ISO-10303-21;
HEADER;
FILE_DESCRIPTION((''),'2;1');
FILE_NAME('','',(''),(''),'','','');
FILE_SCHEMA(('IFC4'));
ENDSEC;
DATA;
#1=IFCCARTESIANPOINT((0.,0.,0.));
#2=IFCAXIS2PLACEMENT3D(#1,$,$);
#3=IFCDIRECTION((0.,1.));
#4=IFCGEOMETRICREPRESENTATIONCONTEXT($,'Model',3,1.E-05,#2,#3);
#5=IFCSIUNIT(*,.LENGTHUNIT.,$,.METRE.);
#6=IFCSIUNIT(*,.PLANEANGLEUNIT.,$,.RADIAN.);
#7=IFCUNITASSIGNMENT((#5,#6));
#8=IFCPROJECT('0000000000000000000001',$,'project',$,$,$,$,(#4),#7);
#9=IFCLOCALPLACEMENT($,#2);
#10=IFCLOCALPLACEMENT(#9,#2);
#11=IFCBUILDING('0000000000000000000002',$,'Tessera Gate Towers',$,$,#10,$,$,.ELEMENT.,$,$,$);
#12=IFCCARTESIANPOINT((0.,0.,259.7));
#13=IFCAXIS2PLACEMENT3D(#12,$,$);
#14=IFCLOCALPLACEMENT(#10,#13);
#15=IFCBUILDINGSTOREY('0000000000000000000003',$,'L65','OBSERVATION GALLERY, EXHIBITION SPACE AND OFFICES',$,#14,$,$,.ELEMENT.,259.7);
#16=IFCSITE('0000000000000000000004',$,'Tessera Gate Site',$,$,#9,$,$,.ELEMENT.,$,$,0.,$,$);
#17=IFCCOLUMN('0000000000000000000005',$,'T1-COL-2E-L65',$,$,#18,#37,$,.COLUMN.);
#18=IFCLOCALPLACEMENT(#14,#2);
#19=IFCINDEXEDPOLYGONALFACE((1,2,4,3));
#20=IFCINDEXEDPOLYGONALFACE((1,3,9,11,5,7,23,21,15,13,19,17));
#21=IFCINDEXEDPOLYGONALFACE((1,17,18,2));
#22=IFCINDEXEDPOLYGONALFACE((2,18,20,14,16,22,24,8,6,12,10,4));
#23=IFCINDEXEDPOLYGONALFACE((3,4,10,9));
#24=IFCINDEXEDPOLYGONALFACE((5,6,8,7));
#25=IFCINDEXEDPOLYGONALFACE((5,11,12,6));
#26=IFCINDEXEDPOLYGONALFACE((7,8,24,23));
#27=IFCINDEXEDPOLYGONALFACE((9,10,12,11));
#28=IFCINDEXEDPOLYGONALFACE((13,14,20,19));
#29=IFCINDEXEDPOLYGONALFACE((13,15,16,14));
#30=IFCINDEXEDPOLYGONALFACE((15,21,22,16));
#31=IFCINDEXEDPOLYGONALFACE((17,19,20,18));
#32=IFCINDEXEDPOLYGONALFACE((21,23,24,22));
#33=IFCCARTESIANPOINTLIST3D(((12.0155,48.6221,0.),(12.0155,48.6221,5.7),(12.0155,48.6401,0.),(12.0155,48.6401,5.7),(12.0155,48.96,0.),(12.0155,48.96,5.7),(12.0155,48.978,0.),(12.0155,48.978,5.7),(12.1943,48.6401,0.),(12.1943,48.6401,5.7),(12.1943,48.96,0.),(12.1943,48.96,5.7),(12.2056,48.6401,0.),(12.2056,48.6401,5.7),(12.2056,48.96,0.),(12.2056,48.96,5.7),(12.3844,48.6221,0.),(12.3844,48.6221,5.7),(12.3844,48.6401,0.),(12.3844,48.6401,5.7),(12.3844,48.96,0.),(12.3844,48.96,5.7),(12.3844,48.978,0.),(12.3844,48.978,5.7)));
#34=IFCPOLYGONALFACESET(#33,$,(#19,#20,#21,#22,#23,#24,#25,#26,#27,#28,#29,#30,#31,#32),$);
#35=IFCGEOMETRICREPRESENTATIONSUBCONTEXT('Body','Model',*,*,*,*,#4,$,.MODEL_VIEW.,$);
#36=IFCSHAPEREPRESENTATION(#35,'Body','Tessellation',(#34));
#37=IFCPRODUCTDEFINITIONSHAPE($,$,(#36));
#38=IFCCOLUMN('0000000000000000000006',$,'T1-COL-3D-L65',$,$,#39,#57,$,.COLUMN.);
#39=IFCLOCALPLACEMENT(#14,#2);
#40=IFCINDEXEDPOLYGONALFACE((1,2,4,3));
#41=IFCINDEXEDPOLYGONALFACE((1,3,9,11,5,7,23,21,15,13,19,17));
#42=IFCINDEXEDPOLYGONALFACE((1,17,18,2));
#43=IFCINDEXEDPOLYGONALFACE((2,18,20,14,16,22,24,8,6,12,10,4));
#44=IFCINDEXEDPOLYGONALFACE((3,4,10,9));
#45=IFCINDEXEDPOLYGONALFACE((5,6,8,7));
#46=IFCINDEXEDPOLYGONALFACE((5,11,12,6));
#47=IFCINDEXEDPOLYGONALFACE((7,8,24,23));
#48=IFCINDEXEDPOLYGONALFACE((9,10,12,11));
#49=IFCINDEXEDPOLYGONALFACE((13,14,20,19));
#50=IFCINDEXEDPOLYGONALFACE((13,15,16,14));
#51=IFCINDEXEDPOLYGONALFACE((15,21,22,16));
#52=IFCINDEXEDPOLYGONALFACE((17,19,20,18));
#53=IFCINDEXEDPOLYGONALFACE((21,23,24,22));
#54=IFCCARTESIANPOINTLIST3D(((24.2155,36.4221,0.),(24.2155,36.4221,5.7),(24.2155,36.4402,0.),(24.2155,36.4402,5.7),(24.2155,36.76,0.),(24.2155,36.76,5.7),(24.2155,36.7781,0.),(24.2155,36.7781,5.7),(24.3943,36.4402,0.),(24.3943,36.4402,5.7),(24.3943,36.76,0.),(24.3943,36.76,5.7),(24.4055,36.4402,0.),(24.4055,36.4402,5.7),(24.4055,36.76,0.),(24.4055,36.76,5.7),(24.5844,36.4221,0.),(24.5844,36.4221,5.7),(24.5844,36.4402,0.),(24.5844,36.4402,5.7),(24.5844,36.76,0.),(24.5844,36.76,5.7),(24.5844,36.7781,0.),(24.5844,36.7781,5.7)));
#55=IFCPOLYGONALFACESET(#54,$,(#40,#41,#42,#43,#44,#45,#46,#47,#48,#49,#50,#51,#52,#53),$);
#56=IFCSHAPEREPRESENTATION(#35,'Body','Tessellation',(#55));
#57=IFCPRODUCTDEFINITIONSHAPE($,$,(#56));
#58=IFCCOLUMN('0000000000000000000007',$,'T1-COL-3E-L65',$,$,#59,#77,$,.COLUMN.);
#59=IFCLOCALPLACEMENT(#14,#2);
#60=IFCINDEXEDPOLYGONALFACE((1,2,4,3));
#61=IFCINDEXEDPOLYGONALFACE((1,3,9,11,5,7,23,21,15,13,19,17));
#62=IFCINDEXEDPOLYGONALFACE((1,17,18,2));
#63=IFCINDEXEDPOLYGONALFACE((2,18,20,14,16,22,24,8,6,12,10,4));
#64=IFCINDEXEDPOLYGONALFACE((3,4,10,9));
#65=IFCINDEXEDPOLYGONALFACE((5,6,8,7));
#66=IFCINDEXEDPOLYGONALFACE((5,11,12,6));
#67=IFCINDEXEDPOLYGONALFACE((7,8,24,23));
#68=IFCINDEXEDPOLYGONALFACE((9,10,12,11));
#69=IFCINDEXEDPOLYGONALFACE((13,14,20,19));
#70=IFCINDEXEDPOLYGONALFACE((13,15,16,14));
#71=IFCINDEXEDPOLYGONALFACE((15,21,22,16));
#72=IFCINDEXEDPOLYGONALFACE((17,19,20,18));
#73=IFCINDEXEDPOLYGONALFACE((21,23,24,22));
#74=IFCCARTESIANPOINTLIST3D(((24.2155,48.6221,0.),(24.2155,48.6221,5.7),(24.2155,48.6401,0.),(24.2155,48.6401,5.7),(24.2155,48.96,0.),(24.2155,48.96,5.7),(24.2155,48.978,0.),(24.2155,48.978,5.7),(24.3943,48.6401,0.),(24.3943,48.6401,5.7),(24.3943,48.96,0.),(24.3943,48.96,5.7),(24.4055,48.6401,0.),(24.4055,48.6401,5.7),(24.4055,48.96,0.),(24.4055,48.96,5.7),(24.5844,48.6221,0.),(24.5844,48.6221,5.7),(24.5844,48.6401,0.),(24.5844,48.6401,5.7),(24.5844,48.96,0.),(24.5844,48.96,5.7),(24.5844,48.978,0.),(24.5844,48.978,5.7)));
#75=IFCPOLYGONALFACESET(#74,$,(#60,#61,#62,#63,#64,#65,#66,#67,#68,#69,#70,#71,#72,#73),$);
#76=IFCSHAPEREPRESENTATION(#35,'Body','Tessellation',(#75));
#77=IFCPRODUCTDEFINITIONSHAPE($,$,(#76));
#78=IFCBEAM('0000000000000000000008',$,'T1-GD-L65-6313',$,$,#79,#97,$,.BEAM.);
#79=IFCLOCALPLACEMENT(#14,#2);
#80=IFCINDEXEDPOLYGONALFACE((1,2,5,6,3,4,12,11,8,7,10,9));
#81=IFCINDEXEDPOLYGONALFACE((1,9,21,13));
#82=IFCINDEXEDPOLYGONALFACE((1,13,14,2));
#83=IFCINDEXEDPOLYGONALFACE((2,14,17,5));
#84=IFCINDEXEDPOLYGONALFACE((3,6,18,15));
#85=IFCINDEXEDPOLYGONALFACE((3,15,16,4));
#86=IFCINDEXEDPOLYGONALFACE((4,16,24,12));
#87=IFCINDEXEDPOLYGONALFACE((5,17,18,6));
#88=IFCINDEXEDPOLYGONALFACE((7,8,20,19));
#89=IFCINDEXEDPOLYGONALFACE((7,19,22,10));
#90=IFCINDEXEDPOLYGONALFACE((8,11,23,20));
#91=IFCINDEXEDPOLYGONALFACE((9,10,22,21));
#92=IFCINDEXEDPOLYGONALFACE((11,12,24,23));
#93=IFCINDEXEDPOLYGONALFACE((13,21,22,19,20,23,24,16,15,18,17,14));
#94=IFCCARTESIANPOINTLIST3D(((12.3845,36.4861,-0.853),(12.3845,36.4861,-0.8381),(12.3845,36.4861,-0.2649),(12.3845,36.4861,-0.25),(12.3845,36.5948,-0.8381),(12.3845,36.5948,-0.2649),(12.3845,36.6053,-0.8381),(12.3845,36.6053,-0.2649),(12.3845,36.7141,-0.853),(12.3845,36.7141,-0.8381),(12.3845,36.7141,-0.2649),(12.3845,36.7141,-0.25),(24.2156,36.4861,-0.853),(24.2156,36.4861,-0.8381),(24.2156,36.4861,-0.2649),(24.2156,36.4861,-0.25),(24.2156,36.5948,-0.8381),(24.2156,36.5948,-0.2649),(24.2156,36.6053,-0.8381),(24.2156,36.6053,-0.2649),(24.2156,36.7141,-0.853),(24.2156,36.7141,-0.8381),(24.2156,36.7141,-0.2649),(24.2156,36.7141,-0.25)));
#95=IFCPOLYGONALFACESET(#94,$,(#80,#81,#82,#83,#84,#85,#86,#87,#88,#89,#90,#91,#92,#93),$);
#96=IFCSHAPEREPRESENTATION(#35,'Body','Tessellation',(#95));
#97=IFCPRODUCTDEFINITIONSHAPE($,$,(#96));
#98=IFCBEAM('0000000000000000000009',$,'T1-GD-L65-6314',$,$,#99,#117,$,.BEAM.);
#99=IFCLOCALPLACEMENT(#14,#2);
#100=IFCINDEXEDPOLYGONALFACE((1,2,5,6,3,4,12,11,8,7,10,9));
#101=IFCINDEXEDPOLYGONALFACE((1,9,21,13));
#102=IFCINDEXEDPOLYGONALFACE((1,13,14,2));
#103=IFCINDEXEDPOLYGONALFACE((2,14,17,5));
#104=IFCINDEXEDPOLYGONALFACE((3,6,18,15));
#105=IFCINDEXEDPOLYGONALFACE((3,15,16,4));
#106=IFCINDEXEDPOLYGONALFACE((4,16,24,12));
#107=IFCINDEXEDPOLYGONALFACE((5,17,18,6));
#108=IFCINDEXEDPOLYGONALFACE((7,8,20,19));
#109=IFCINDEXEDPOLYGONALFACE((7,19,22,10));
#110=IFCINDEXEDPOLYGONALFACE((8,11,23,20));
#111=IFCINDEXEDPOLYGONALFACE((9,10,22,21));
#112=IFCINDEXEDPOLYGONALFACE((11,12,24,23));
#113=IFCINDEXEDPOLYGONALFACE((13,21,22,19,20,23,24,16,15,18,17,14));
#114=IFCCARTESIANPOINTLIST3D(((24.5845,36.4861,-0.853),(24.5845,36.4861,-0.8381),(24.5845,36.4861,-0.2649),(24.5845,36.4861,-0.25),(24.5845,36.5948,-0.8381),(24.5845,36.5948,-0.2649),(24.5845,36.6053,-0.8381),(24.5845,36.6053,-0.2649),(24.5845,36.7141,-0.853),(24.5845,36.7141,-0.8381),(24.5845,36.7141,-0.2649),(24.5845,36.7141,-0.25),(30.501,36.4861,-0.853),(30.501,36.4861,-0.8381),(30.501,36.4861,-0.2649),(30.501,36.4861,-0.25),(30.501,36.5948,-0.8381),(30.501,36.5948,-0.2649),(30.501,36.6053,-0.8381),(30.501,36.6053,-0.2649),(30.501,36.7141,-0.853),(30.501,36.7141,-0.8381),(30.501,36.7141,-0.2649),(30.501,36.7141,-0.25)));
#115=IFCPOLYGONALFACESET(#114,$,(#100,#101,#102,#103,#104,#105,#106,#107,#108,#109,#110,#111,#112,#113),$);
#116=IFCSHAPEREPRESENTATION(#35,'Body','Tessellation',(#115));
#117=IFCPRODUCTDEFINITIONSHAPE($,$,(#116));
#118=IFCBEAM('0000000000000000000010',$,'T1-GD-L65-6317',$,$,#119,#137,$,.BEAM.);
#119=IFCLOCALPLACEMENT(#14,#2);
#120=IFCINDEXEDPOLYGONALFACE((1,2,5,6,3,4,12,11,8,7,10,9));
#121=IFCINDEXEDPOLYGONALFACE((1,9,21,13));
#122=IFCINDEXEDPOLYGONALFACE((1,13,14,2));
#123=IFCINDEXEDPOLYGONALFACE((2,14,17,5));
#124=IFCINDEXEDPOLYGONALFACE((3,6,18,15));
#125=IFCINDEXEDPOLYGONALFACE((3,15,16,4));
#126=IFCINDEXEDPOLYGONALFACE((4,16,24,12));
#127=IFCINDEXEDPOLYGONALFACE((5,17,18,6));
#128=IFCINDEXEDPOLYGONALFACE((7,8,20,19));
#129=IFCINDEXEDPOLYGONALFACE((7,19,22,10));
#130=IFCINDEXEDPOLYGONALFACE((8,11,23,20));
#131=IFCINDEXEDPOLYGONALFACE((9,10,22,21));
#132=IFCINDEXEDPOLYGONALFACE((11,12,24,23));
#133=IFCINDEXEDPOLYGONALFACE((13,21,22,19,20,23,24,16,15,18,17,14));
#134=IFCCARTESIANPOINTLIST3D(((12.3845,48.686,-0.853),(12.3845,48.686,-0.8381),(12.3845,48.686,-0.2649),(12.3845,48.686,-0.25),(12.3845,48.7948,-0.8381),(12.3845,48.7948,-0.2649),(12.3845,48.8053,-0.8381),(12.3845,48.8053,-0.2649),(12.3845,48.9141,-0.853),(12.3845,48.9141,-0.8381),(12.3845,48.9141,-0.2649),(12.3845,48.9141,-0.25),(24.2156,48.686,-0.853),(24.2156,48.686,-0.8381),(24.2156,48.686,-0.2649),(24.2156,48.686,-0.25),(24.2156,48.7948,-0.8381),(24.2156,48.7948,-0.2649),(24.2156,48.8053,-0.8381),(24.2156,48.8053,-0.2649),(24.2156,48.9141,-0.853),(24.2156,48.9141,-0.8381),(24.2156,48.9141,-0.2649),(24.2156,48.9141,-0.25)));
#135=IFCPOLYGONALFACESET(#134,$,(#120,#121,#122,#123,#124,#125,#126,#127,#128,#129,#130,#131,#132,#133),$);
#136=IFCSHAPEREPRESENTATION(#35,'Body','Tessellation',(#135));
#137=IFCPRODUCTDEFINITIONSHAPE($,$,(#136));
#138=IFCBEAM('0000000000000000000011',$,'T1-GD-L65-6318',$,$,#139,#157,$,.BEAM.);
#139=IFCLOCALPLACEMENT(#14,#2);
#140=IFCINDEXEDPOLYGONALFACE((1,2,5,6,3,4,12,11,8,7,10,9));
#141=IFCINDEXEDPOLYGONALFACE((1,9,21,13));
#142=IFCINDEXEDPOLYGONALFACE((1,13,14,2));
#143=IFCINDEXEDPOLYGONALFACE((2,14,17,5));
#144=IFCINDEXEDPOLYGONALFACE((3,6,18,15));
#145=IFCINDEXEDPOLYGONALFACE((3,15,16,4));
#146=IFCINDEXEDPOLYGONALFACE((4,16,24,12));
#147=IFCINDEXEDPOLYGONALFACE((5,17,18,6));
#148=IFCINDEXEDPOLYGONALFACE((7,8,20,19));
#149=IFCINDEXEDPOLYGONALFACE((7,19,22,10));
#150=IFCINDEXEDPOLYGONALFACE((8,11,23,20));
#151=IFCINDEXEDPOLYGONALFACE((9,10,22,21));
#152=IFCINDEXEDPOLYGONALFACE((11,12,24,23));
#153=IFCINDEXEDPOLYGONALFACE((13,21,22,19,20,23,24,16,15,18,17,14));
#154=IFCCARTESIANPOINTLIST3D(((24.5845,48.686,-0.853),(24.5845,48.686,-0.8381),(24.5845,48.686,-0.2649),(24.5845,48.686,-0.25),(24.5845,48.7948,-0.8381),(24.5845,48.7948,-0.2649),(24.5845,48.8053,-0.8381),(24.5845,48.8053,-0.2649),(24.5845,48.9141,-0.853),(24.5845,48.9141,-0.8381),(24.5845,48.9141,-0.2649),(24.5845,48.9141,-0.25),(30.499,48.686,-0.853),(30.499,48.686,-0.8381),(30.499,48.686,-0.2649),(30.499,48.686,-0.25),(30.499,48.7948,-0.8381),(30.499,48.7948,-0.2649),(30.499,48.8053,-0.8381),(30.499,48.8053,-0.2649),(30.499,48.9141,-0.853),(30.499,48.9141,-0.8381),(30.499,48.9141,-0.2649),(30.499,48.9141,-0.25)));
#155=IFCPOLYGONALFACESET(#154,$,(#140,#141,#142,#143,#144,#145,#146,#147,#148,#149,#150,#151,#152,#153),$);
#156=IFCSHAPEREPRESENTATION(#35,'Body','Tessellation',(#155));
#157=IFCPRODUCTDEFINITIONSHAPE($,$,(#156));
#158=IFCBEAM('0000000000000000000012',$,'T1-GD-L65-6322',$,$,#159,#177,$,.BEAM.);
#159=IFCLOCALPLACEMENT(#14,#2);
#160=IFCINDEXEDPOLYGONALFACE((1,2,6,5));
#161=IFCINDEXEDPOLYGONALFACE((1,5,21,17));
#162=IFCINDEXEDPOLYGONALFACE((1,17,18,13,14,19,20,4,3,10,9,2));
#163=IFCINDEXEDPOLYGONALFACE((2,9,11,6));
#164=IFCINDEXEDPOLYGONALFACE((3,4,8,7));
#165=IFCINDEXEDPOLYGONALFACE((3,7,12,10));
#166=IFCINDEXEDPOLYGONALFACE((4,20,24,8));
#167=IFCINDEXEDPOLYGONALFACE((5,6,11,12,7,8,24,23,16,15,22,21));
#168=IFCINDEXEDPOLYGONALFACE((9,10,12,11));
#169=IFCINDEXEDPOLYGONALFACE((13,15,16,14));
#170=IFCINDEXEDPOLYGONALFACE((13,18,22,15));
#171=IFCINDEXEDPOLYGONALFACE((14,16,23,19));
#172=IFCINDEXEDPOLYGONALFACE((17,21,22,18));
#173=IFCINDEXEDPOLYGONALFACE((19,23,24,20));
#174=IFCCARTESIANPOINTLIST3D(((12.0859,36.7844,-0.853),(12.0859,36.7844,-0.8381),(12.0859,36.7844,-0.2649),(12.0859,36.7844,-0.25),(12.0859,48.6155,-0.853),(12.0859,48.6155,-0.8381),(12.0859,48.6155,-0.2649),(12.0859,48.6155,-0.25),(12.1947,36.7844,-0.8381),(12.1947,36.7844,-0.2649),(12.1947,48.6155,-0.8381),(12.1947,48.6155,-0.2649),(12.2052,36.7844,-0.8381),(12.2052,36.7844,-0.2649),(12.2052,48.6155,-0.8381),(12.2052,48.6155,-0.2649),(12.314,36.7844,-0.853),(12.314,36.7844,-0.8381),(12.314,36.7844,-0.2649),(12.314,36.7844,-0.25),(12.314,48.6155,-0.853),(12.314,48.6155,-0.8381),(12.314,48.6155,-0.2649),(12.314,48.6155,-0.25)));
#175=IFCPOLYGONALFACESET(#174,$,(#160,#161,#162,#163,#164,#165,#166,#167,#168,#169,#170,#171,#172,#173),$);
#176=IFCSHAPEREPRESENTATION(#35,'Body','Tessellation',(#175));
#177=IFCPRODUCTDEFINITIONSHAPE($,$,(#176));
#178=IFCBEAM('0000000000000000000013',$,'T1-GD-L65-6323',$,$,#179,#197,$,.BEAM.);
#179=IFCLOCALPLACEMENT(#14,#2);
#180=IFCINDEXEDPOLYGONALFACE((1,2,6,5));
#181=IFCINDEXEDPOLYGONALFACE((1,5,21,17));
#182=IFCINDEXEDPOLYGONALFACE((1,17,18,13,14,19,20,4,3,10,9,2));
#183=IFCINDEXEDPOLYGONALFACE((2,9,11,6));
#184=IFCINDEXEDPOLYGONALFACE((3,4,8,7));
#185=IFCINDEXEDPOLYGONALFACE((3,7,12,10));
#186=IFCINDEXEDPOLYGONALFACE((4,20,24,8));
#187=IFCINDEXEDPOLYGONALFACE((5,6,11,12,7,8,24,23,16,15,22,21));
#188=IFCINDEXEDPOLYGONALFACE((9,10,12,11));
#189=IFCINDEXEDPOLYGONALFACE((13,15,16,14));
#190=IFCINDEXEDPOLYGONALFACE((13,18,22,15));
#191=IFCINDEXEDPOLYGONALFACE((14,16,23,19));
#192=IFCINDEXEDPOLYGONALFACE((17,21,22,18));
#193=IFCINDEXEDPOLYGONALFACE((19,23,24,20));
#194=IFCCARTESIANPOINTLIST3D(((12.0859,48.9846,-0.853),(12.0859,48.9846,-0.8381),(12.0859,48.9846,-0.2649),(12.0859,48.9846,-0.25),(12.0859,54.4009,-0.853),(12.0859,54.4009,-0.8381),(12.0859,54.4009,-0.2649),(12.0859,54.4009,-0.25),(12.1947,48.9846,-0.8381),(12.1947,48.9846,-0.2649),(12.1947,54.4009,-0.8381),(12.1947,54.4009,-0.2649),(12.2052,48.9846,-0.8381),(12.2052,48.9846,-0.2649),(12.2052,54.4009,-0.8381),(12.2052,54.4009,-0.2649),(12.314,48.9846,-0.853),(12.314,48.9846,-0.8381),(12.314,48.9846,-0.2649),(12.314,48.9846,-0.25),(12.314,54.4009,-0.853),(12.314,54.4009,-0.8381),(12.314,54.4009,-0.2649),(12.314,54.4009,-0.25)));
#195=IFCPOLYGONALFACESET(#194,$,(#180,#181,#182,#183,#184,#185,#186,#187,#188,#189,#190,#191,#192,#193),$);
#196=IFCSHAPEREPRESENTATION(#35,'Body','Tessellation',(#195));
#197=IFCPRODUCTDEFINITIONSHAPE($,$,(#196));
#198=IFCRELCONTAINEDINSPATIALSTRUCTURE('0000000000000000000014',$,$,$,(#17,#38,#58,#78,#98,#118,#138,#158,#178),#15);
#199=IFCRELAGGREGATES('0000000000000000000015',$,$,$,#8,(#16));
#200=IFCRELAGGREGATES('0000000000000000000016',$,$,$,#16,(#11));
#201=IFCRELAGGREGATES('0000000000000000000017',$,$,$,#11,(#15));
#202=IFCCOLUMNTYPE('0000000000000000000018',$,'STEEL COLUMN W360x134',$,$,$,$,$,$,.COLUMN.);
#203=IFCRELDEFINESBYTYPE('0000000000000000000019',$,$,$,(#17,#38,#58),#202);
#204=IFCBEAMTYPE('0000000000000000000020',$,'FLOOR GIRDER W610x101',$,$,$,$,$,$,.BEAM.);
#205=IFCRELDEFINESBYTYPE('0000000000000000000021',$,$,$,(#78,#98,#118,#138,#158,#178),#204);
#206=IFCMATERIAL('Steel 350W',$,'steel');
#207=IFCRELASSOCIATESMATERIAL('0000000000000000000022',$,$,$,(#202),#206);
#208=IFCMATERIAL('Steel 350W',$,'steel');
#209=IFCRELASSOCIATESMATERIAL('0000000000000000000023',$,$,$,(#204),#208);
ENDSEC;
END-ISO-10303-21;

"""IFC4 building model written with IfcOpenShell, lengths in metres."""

from ifc_helpers import new_model, si_unit, direction, frame, origin, origin_2d, place, context, subcontext, project, spatial, i_section, extrude, material, material_profile, profile_set, type_object, element, save


model = new_model("IFC4")

# Units and contexts
model_context = context("Model", 3, precision=1e-05, world=origin(), true_north=direction((0.0, 1.0)))
body_context = subcontext(model_context, "Body", "Model", "MODEL_VIEW")
ifc_project = project(units=[si_unit("LENGTHUNIT", "METRE"), si_unit("PLANEANGLEUNIT", "RADIAN")], contexts=[model_context])

# Site, building, storey
site_placement = place(None, origin())
site = spatial("IfcSite", under=ifc_project, at=site_placement, Name="Tessera Gate Site", CompositionType="ELEMENT", RefElevation=0.0)
building_placement = place(site_placement, origin())
building = spatial("IfcBuilding", under=site, at=building_placement, Name="Tessera Gate Towers", CompositionType="ELEMENT")
storey_placement = place(building_placement, frame((0.0, 0.0, 259.7)))
storey = spatial("IfcBuildingStorey", under=building, at=storey_placement, Name="L65", Description="OBSERVATION GALLERY, EXHIBITION SPACE AND OFFICES", CompositionType="ELEMENT", Elevation=259.7)

# Columns
ifc_material_1 = material(Name="Steel 350W", Category="steel")
ifc_material_profile_1 = material_profile(ifc_material_1, i_section(OverallWidth=0.3689, OverallDepth=0.356, WebThickness=0.0112, FlangeThickness=0.0181, at=origin_2d()), Name="W360x134")
ifc_profile_set_1 = profile_set([ifc_material_profile_1], Name="Steel 350W")
column_type = type_object("IfcColumnType", Name="STEEL COLUMN W360x134", PredefinedType="COLUMN", material=ifc_profile_set_1)
for number, where, z_axis, x_axis, name in (
    (1, (12.2, 48.8, 0.0), (0.0, 0.0, 1.0), (1.0, 0.0, 0.0), "T1-COL-2E-L65"),
    (2, (24.3999, 36.6001, 0.0), (0.0, 0.0, 1.0), (1.0, 0.0, 0.0), "T1-COL-3D-L65"),
    (3, (24.3999, 48.8, 0.0), (0.0, 0.0, 1.0), (1.0, 0.0, 0.0), "T1-COL-3E-L65"),
):
    element("IfcColumn", number, at=place(storey_placement, frame(where, z_axis=z_axis, x_axis=x_axis)), inside=storey, type_object=column_type, Name=name, PredefinedType="COLUMN", context=body_context, shape_type="SweptSolid", body=[
        extrude(i_section(OverallWidth=0.3689, OverallDepth=0.356, WebThickness=0.0112, FlangeThickness=0.0181, at=origin_2d()), origin(), (0.0, 0.0, 1.0), 5.7),
    ])

# Beams
ifc_material_2 = material(Name="Steel 350W", Category="steel")
ifc_material_profile_2 = material_profile(ifc_material_2, i_section(OverallWidth=0.228, OverallDepth=0.603, WebThickness=0.0105, FlangeThickness=0.0149, at=origin_2d()), Name="W610x101")
ifc_profile_set_2 = profile_set([ifc_material_profile_2], Name="Steel 350W")
beam_type_1 = type_object("IfcBeamType", Name="FLOOR GIRDER W610x101", PredefinedType="BEAM", material=ifc_profile_set_2)
beam_1_placement = place(storey_placement, frame((12.3845, 36.6001, -0.5515), z_axis=(1.0, 0.0, 0.0), x_axis=(0.0, 1.0, 0.0)))
element("IfcBeam", 4, at=beam_1_placement, inside=storey, type_object=beam_type_1, Name="T1-GD-L65-6313", PredefinedType="BEAM", context=body_context, shape_type="SweptSolid", body=[
    extrude(i_section(OverallWidth=0.228, OverallDepth=0.603, WebThickness=0.0105, FlangeThickness=0.0149, at=origin_2d()), origin(), (0.0, 0.0, 1.0), 11.8311),
])
beam_2_placement = place(storey_placement, frame((24.5845, 36.6001, -0.5515), z_axis=(1.0, 0.0, 0.0), x_axis=(0.0, 1.0, 0.0)))
element("IfcBeam", 5, at=beam_2_placement, inside=storey, type_object=beam_type_1, Name="T1-GD-L65-6314", PredefinedType="BEAM", context=body_context, shape_type="SweptSolid", body=[
    extrude(i_section(OverallWidth=0.228, OverallDepth=0.603, WebThickness=0.0105, FlangeThickness=0.0149, at=origin_2d()), origin(), (0.0, 0.0, 1.0), 5.9165),
])
beam_3_placement = place(storey_placement, frame((12.3845, 48.8, -0.5515), z_axis=(1.0, 0.0, 0.0), x_axis=(0.0, 1.0, 0.0)))
element("IfcBeam", 6, at=beam_3_placement, inside=storey, type_object=beam_type_1, Name="T1-GD-L65-6317", PredefinedType="BEAM", context=body_context, shape_type="SweptSolid", body=[
    extrude(i_section(OverallWidth=0.228, OverallDepth=0.603, WebThickness=0.0105, FlangeThickness=0.0149, at=origin_2d()), origin(), (0.0, 0.0, 1.0), 11.8311),
])
beam_4_placement = place(storey_placement, frame((24.5845, 48.8, -0.5515), z_axis=(1.0, 0.0, 0.0), x_axis=(0.0, 1.0, 0.0)))
element("IfcBeam", 7, at=beam_4_placement, inside=storey, type_object=beam_type_1, Name="T1-GD-L65-6318", PredefinedType="BEAM", context=body_context, shape_type="SweptSolid", body=[
    extrude(i_section(OverallWidth=0.228, OverallDepth=0.603, WebThickness=0.0105, FlangeThickness=0.0149, at=origin_2d()), origin(), (0.0, 0.0, 1.0), 5.9146),
])
beam_5_placement = place(storey_placement, frame((12.2, 36.7844, -0.5515), z_axis=(0.0, 1.0, 0.0), x_axis=(-1.0, 0.0, 0.0)))
element("IfcBeam", 8, at=beam_5_placement, inside=storey, type_object=beam_type_1, Name="T1-GD-L65-6322", PredefinedType="BEAM", context=body_context, shape_type="SweptSolid", body=[
    extrude(i_section(OverallWidth=0.228, OverallDepth=0.603, WebThickness=0.0105, FlangeThickness=0.0149, at=origin_2d()), origin(), (0.0, 0.0, 1.0), 11.8311),
])
beam_6_placement = place(storey_placement, frame((12.2, 48.9846, -0.5515), z_axis=(0.0, 1.0, 0.0), x_axis=(-1.0, 0.0, 0.0)))
element("IfcBeam", 9, at=beam_6_placement, inside=storey, type_object=beam_type_1, Name="T1-GD-L65-6323", PredefinedType="BEAM", context=body_context, shape_type="SweptSolid", body=[
    extrude(i_section(OverallWidth=0.228, OverallDepth=0.603, WebThickness=0.0105, FlangeThickness=0.0149, at=origin_2d()), origin(), (0.0, 0.0, 1.0), 5.4163),
])

save(model, "model.ifc")
